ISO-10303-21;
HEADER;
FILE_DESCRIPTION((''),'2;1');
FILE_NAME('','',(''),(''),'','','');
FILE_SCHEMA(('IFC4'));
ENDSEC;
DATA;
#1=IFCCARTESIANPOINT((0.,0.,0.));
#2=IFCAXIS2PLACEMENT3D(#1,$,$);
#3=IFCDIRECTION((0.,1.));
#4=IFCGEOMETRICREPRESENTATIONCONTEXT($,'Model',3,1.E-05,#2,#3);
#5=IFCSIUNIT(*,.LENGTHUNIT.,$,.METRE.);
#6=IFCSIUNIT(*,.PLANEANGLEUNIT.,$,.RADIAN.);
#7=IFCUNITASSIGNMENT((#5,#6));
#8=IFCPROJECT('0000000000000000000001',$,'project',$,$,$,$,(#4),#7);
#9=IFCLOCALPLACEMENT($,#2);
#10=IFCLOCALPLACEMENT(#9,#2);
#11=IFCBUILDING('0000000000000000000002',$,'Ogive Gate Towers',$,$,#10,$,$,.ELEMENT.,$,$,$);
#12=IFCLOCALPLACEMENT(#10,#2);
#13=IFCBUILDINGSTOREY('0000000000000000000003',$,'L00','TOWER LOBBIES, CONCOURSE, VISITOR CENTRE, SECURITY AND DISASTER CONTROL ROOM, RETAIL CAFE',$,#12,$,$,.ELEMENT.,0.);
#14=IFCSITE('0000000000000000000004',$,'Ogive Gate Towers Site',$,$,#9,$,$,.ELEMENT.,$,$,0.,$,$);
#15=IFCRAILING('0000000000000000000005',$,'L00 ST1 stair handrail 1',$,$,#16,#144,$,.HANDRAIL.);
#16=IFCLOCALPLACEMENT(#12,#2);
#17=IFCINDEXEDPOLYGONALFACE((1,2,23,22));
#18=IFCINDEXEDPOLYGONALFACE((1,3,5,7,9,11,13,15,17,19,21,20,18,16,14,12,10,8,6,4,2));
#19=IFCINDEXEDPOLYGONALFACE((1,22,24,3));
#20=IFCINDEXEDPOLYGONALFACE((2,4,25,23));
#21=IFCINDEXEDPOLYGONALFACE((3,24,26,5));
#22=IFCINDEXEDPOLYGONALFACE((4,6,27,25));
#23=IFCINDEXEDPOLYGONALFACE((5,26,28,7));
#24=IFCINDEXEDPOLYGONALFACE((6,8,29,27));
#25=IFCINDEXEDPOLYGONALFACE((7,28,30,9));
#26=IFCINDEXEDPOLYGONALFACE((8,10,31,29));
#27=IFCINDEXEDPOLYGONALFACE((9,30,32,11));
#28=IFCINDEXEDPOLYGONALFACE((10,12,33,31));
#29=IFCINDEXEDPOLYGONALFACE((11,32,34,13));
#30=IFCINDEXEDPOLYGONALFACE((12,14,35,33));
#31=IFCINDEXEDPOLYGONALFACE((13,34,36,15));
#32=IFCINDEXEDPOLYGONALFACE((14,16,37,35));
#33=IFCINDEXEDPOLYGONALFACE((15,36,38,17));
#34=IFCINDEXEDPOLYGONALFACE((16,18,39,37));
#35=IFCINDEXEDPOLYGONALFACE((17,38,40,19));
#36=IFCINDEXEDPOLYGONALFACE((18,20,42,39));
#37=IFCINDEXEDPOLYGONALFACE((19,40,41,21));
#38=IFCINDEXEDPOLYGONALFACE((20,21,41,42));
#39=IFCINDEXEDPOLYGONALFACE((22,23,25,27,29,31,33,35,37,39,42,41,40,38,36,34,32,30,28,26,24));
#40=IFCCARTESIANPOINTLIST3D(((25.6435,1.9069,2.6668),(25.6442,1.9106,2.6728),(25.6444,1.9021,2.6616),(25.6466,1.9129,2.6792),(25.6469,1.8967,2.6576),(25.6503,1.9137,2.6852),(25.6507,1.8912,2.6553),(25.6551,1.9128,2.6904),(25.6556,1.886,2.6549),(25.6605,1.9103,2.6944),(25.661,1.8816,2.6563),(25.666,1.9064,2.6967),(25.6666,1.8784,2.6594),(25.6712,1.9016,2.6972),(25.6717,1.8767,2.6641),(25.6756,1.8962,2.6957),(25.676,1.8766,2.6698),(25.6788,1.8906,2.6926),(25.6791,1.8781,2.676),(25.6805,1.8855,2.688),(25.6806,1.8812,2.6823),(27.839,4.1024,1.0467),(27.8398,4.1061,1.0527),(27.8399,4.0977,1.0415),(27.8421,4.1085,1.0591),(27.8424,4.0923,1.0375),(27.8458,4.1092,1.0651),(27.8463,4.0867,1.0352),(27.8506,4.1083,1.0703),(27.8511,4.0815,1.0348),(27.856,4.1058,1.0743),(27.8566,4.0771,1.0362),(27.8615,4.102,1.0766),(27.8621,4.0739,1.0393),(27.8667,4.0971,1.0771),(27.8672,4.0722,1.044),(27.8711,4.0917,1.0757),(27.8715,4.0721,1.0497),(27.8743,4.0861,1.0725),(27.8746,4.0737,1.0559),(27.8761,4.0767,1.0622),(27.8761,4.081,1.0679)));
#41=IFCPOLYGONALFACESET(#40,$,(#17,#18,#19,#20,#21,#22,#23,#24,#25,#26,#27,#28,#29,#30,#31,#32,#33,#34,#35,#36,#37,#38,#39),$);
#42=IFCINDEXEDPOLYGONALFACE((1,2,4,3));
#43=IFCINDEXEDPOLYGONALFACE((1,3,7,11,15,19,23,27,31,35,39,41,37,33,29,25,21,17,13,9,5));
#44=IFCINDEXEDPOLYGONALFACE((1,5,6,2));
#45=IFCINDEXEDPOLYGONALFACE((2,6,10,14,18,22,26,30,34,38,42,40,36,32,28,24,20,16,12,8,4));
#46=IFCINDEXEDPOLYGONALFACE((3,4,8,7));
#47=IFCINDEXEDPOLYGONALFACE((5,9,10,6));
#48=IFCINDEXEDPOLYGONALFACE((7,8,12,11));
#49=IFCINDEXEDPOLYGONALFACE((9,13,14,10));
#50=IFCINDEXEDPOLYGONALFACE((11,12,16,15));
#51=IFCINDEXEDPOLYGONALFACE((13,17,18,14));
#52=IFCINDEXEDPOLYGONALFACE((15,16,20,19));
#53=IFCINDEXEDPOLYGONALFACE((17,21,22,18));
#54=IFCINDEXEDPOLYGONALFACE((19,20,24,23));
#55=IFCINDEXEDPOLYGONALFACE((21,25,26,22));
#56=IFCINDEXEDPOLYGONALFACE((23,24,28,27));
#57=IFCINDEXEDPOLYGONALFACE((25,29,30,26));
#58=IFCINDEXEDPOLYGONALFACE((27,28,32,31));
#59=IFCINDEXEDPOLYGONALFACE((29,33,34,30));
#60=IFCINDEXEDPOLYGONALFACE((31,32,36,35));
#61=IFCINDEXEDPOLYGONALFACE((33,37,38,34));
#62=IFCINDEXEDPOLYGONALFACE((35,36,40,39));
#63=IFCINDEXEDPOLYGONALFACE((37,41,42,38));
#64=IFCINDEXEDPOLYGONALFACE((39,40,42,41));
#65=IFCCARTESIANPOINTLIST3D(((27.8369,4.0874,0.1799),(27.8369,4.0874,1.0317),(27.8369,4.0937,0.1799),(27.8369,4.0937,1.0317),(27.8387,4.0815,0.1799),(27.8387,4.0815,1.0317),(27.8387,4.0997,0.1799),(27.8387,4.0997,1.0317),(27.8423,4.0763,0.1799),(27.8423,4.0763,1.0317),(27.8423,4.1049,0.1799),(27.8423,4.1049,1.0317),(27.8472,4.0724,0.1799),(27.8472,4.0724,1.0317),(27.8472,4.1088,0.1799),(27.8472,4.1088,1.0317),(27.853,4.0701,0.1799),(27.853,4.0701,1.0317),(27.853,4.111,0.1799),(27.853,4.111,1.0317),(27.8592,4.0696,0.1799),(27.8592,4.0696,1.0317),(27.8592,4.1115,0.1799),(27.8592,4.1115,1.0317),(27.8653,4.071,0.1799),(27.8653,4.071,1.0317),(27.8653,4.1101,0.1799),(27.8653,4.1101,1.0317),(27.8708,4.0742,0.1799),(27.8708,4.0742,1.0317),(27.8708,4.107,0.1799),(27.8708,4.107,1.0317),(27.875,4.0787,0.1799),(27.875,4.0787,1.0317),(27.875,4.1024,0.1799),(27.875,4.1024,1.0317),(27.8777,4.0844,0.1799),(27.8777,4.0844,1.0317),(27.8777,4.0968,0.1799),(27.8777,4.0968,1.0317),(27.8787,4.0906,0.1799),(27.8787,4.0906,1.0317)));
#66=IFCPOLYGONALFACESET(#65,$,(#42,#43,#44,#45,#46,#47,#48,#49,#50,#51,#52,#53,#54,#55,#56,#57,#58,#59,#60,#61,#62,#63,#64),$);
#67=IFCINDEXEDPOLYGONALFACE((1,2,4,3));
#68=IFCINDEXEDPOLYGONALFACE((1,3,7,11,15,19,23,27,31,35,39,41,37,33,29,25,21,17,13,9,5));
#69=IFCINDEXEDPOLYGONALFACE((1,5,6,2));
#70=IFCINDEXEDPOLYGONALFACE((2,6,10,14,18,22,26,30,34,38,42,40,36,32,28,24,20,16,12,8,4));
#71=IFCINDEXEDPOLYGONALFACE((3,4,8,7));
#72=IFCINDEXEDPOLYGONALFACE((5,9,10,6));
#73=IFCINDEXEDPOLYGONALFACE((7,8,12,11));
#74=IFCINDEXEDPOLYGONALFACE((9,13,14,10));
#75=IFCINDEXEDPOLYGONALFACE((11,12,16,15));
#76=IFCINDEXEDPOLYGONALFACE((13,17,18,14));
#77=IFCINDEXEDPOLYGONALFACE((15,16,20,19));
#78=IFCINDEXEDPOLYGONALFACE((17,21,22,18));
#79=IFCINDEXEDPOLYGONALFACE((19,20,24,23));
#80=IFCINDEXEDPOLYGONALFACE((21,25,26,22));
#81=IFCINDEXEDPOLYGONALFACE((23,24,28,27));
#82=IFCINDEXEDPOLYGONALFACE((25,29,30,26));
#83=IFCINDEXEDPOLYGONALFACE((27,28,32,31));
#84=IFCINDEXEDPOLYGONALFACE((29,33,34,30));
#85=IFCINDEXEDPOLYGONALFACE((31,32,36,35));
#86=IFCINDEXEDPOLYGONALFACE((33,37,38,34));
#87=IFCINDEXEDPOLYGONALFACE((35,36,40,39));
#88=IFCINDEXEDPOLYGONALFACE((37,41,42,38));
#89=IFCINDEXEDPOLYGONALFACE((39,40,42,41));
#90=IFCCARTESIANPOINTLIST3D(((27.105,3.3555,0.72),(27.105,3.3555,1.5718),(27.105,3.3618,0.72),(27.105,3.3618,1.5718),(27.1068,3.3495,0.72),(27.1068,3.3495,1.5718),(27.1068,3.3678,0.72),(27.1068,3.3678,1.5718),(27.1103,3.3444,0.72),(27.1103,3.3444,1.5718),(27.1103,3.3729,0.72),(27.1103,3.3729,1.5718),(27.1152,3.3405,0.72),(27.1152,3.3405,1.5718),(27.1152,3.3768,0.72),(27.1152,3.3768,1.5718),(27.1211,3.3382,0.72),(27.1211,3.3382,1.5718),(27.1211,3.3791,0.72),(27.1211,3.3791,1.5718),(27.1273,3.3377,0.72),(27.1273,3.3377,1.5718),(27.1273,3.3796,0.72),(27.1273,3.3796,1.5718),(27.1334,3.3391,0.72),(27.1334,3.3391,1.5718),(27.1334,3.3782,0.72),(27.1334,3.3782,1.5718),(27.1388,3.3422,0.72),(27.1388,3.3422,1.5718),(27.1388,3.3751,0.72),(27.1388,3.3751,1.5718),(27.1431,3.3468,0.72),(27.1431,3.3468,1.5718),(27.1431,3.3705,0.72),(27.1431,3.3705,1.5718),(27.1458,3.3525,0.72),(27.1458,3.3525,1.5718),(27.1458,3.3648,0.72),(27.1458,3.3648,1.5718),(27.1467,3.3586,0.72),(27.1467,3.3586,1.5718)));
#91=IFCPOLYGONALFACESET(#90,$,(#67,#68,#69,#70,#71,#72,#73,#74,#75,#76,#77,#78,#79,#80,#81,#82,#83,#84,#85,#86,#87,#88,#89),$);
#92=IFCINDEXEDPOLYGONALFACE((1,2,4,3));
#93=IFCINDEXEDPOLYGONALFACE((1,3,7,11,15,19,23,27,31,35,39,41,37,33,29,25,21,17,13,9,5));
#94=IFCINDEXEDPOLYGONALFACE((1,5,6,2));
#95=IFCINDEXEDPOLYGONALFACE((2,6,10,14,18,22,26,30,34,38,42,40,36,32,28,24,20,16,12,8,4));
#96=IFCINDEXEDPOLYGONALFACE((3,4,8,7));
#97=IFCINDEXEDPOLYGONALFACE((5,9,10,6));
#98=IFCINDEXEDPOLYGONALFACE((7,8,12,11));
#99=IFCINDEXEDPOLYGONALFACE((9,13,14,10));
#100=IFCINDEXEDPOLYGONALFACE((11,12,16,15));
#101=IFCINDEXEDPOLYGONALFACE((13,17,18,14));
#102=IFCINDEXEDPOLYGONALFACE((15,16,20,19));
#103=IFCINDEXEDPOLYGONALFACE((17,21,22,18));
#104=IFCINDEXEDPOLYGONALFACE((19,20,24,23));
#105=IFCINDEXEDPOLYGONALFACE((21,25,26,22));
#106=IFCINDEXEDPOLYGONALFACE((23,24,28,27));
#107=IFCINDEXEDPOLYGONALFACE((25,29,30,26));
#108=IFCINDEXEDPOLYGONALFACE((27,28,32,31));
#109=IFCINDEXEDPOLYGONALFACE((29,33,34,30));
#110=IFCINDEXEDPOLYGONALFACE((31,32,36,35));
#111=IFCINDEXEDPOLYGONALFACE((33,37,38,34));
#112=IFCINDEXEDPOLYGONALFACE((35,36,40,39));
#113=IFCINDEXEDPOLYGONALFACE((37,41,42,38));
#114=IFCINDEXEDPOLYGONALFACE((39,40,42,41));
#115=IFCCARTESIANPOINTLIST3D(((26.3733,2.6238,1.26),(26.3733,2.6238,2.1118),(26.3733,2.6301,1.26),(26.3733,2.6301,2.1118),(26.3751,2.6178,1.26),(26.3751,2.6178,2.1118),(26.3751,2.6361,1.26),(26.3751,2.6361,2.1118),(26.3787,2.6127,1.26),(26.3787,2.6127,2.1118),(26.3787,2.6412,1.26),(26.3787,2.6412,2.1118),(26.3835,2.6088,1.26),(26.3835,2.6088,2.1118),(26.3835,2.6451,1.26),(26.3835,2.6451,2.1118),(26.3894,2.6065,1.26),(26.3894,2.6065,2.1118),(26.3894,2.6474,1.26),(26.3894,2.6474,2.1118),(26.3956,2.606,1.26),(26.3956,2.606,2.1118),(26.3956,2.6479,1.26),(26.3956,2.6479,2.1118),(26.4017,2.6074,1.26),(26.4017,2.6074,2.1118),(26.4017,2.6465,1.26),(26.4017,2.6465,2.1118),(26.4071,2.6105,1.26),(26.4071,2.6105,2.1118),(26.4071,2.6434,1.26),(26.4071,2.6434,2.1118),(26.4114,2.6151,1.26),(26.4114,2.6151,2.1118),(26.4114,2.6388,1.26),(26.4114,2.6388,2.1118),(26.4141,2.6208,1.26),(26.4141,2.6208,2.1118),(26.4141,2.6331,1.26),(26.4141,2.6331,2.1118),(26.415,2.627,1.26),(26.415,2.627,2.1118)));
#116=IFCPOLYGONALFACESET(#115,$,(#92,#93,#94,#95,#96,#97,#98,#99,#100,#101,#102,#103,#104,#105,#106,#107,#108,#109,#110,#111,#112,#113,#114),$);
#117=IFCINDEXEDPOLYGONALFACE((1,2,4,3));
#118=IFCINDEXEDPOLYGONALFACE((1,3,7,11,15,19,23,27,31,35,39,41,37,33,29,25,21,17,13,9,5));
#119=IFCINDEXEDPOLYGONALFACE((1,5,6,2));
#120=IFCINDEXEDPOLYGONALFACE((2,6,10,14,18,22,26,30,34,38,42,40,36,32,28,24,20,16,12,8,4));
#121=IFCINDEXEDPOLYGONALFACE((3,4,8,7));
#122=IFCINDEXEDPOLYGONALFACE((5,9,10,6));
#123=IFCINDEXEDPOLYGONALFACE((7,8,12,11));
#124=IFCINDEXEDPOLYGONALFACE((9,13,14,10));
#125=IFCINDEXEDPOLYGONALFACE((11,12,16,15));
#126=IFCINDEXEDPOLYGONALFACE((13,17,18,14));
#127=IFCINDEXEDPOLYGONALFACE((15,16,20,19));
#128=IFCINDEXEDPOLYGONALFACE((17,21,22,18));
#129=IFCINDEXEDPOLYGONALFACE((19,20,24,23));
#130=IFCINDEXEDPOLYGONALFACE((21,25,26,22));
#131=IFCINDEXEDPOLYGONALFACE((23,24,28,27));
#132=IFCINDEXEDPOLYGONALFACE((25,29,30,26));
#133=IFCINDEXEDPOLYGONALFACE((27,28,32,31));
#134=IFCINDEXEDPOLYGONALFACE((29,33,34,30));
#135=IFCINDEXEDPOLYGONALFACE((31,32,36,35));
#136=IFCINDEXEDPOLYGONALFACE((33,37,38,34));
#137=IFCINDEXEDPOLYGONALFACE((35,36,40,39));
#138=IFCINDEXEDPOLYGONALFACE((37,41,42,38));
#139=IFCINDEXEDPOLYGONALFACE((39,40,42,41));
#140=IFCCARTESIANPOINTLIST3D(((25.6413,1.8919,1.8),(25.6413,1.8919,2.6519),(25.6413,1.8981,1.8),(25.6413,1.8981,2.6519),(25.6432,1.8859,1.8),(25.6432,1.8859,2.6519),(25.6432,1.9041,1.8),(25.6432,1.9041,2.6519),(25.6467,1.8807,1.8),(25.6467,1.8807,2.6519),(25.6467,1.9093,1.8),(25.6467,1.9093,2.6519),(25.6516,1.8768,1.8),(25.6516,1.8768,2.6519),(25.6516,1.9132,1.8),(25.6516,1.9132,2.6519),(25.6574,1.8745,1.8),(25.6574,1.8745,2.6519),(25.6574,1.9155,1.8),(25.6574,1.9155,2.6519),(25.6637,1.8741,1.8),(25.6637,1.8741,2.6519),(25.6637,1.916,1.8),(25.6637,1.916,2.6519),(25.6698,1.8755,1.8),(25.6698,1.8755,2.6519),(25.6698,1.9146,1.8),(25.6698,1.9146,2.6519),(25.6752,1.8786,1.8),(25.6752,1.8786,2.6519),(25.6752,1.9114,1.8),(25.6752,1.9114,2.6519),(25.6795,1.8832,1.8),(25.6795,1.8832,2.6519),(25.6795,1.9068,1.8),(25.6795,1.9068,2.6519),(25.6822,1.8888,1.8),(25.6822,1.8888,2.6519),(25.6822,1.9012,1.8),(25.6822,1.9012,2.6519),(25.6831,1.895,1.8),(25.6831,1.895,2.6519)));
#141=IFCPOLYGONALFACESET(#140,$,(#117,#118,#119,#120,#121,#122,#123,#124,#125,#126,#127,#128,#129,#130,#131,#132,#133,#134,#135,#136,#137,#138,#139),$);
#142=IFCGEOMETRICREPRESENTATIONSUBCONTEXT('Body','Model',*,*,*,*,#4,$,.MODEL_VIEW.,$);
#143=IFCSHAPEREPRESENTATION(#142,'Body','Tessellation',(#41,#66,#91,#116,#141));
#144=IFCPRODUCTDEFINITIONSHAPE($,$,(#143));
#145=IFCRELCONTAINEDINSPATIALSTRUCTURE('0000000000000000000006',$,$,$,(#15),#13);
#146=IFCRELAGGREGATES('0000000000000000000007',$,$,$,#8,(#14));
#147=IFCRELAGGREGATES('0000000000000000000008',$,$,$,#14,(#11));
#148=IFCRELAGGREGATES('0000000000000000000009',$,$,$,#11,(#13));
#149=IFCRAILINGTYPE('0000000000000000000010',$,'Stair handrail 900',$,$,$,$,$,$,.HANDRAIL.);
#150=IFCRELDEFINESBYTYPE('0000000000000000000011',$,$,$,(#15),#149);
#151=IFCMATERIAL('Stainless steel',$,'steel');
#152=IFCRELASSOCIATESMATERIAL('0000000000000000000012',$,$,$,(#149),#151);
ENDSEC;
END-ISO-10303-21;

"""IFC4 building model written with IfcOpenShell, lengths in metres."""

from ifc_helpers import new_model, si_unit, direction, frame, origin, origin_2d, place, context, subcontext, project, spatial, circle, extrude, material, type_object, element, save


model = new_model("IFC4")

# Units and contexts
model_context = context("Model", 3, precision=1e-05, world=origin(), true_north=direction((0.0, 1.0)))
body_context = subcontext(model_context, "Body", "Model", "MODEL_VIEW")
ifc_project = project(units=[si_unit("LENGTHUNIT", "METRE"), si_unit("PLANEANGLEUNIT", "RADIAN")], contexts=[model_context])

# Site, building, storey
site_placement = place(None, origin())
site = spatial("IfcSite", under=ifc_project, at=site_placement, Name="Ogive Gate Towers Site", CompositionType="ELEMENT", RefElevation=0.0)
building_placement = place(site_placement, origin())
building = spatial("IfcBuilding", under=site, at=building_placement, Name="Ogive Gate Towers", CompositionType="ELEMENT")
storey_placement = place(building_placement, origin())
storey = spatial("IfcBuildingStorey", under=building, at=storey_placement, Name="L00", Description="TOWER LOBBIES, CONCOURSE, VISITOR CENTRE, SECURITY AND DISASTER CONTROL ROOM, RETAIL CAFE", CompositionType="ELEMENT", Elevation=0.0)

# Railing
ifc_material_1 = material(Name="Stainless steel", Category="steel")
railing_type_1 = type_object("IfcRailingType", Name="Stair handrail 900", PredefinedType="HANDRAIL", material=ifc_material_1)
railing_1_placement = place(storey_placement, frame((27.8577, 4.0906, 0.1799)))
element("IfcRailing", 1, at=railing_1_placement, inside=storey, type_object=railing_type_1, Name="L00 ST1 stair handrail 1", PredefinedType="HANDRAIL", context=body_context, shape_type="SweptSolid", body=[
    extrude(circle(Radius=0.0239, at=origin_2d()), frame((0.0, 0.0, 0.876), z_axis=(-0.6269, -0.6269, 0.462594), x_axis=(0.707107, -0.707107, 0.0)), (0.0, 0.0, 1.0), 3.5022),
    extrude(circle(Radius=0.021, at=origin_2d()), origin(), (0.0, 0.0, 1.0), 0.8518),
    extrude(circle(Radius=0.021, at=origin_2d()), frame((-0.7319, -0.7319, 0.54)), (0.0, 0.0, 1.0), 0.8518),
    extrude(circle(Radius=0.021, at=origin_2d()), frame((-1.4636, -1.4636, 1.0801)), (0.0, 0.0, 1.0), 0.8518),
    extrude(circle(Radius=0.021, at=origin_2d()), frame((-2.1956, -2.1956, 1.6201)), (0.0, 0.0, 1.0), 0.8518),
])

save(model, "model.ifc")
